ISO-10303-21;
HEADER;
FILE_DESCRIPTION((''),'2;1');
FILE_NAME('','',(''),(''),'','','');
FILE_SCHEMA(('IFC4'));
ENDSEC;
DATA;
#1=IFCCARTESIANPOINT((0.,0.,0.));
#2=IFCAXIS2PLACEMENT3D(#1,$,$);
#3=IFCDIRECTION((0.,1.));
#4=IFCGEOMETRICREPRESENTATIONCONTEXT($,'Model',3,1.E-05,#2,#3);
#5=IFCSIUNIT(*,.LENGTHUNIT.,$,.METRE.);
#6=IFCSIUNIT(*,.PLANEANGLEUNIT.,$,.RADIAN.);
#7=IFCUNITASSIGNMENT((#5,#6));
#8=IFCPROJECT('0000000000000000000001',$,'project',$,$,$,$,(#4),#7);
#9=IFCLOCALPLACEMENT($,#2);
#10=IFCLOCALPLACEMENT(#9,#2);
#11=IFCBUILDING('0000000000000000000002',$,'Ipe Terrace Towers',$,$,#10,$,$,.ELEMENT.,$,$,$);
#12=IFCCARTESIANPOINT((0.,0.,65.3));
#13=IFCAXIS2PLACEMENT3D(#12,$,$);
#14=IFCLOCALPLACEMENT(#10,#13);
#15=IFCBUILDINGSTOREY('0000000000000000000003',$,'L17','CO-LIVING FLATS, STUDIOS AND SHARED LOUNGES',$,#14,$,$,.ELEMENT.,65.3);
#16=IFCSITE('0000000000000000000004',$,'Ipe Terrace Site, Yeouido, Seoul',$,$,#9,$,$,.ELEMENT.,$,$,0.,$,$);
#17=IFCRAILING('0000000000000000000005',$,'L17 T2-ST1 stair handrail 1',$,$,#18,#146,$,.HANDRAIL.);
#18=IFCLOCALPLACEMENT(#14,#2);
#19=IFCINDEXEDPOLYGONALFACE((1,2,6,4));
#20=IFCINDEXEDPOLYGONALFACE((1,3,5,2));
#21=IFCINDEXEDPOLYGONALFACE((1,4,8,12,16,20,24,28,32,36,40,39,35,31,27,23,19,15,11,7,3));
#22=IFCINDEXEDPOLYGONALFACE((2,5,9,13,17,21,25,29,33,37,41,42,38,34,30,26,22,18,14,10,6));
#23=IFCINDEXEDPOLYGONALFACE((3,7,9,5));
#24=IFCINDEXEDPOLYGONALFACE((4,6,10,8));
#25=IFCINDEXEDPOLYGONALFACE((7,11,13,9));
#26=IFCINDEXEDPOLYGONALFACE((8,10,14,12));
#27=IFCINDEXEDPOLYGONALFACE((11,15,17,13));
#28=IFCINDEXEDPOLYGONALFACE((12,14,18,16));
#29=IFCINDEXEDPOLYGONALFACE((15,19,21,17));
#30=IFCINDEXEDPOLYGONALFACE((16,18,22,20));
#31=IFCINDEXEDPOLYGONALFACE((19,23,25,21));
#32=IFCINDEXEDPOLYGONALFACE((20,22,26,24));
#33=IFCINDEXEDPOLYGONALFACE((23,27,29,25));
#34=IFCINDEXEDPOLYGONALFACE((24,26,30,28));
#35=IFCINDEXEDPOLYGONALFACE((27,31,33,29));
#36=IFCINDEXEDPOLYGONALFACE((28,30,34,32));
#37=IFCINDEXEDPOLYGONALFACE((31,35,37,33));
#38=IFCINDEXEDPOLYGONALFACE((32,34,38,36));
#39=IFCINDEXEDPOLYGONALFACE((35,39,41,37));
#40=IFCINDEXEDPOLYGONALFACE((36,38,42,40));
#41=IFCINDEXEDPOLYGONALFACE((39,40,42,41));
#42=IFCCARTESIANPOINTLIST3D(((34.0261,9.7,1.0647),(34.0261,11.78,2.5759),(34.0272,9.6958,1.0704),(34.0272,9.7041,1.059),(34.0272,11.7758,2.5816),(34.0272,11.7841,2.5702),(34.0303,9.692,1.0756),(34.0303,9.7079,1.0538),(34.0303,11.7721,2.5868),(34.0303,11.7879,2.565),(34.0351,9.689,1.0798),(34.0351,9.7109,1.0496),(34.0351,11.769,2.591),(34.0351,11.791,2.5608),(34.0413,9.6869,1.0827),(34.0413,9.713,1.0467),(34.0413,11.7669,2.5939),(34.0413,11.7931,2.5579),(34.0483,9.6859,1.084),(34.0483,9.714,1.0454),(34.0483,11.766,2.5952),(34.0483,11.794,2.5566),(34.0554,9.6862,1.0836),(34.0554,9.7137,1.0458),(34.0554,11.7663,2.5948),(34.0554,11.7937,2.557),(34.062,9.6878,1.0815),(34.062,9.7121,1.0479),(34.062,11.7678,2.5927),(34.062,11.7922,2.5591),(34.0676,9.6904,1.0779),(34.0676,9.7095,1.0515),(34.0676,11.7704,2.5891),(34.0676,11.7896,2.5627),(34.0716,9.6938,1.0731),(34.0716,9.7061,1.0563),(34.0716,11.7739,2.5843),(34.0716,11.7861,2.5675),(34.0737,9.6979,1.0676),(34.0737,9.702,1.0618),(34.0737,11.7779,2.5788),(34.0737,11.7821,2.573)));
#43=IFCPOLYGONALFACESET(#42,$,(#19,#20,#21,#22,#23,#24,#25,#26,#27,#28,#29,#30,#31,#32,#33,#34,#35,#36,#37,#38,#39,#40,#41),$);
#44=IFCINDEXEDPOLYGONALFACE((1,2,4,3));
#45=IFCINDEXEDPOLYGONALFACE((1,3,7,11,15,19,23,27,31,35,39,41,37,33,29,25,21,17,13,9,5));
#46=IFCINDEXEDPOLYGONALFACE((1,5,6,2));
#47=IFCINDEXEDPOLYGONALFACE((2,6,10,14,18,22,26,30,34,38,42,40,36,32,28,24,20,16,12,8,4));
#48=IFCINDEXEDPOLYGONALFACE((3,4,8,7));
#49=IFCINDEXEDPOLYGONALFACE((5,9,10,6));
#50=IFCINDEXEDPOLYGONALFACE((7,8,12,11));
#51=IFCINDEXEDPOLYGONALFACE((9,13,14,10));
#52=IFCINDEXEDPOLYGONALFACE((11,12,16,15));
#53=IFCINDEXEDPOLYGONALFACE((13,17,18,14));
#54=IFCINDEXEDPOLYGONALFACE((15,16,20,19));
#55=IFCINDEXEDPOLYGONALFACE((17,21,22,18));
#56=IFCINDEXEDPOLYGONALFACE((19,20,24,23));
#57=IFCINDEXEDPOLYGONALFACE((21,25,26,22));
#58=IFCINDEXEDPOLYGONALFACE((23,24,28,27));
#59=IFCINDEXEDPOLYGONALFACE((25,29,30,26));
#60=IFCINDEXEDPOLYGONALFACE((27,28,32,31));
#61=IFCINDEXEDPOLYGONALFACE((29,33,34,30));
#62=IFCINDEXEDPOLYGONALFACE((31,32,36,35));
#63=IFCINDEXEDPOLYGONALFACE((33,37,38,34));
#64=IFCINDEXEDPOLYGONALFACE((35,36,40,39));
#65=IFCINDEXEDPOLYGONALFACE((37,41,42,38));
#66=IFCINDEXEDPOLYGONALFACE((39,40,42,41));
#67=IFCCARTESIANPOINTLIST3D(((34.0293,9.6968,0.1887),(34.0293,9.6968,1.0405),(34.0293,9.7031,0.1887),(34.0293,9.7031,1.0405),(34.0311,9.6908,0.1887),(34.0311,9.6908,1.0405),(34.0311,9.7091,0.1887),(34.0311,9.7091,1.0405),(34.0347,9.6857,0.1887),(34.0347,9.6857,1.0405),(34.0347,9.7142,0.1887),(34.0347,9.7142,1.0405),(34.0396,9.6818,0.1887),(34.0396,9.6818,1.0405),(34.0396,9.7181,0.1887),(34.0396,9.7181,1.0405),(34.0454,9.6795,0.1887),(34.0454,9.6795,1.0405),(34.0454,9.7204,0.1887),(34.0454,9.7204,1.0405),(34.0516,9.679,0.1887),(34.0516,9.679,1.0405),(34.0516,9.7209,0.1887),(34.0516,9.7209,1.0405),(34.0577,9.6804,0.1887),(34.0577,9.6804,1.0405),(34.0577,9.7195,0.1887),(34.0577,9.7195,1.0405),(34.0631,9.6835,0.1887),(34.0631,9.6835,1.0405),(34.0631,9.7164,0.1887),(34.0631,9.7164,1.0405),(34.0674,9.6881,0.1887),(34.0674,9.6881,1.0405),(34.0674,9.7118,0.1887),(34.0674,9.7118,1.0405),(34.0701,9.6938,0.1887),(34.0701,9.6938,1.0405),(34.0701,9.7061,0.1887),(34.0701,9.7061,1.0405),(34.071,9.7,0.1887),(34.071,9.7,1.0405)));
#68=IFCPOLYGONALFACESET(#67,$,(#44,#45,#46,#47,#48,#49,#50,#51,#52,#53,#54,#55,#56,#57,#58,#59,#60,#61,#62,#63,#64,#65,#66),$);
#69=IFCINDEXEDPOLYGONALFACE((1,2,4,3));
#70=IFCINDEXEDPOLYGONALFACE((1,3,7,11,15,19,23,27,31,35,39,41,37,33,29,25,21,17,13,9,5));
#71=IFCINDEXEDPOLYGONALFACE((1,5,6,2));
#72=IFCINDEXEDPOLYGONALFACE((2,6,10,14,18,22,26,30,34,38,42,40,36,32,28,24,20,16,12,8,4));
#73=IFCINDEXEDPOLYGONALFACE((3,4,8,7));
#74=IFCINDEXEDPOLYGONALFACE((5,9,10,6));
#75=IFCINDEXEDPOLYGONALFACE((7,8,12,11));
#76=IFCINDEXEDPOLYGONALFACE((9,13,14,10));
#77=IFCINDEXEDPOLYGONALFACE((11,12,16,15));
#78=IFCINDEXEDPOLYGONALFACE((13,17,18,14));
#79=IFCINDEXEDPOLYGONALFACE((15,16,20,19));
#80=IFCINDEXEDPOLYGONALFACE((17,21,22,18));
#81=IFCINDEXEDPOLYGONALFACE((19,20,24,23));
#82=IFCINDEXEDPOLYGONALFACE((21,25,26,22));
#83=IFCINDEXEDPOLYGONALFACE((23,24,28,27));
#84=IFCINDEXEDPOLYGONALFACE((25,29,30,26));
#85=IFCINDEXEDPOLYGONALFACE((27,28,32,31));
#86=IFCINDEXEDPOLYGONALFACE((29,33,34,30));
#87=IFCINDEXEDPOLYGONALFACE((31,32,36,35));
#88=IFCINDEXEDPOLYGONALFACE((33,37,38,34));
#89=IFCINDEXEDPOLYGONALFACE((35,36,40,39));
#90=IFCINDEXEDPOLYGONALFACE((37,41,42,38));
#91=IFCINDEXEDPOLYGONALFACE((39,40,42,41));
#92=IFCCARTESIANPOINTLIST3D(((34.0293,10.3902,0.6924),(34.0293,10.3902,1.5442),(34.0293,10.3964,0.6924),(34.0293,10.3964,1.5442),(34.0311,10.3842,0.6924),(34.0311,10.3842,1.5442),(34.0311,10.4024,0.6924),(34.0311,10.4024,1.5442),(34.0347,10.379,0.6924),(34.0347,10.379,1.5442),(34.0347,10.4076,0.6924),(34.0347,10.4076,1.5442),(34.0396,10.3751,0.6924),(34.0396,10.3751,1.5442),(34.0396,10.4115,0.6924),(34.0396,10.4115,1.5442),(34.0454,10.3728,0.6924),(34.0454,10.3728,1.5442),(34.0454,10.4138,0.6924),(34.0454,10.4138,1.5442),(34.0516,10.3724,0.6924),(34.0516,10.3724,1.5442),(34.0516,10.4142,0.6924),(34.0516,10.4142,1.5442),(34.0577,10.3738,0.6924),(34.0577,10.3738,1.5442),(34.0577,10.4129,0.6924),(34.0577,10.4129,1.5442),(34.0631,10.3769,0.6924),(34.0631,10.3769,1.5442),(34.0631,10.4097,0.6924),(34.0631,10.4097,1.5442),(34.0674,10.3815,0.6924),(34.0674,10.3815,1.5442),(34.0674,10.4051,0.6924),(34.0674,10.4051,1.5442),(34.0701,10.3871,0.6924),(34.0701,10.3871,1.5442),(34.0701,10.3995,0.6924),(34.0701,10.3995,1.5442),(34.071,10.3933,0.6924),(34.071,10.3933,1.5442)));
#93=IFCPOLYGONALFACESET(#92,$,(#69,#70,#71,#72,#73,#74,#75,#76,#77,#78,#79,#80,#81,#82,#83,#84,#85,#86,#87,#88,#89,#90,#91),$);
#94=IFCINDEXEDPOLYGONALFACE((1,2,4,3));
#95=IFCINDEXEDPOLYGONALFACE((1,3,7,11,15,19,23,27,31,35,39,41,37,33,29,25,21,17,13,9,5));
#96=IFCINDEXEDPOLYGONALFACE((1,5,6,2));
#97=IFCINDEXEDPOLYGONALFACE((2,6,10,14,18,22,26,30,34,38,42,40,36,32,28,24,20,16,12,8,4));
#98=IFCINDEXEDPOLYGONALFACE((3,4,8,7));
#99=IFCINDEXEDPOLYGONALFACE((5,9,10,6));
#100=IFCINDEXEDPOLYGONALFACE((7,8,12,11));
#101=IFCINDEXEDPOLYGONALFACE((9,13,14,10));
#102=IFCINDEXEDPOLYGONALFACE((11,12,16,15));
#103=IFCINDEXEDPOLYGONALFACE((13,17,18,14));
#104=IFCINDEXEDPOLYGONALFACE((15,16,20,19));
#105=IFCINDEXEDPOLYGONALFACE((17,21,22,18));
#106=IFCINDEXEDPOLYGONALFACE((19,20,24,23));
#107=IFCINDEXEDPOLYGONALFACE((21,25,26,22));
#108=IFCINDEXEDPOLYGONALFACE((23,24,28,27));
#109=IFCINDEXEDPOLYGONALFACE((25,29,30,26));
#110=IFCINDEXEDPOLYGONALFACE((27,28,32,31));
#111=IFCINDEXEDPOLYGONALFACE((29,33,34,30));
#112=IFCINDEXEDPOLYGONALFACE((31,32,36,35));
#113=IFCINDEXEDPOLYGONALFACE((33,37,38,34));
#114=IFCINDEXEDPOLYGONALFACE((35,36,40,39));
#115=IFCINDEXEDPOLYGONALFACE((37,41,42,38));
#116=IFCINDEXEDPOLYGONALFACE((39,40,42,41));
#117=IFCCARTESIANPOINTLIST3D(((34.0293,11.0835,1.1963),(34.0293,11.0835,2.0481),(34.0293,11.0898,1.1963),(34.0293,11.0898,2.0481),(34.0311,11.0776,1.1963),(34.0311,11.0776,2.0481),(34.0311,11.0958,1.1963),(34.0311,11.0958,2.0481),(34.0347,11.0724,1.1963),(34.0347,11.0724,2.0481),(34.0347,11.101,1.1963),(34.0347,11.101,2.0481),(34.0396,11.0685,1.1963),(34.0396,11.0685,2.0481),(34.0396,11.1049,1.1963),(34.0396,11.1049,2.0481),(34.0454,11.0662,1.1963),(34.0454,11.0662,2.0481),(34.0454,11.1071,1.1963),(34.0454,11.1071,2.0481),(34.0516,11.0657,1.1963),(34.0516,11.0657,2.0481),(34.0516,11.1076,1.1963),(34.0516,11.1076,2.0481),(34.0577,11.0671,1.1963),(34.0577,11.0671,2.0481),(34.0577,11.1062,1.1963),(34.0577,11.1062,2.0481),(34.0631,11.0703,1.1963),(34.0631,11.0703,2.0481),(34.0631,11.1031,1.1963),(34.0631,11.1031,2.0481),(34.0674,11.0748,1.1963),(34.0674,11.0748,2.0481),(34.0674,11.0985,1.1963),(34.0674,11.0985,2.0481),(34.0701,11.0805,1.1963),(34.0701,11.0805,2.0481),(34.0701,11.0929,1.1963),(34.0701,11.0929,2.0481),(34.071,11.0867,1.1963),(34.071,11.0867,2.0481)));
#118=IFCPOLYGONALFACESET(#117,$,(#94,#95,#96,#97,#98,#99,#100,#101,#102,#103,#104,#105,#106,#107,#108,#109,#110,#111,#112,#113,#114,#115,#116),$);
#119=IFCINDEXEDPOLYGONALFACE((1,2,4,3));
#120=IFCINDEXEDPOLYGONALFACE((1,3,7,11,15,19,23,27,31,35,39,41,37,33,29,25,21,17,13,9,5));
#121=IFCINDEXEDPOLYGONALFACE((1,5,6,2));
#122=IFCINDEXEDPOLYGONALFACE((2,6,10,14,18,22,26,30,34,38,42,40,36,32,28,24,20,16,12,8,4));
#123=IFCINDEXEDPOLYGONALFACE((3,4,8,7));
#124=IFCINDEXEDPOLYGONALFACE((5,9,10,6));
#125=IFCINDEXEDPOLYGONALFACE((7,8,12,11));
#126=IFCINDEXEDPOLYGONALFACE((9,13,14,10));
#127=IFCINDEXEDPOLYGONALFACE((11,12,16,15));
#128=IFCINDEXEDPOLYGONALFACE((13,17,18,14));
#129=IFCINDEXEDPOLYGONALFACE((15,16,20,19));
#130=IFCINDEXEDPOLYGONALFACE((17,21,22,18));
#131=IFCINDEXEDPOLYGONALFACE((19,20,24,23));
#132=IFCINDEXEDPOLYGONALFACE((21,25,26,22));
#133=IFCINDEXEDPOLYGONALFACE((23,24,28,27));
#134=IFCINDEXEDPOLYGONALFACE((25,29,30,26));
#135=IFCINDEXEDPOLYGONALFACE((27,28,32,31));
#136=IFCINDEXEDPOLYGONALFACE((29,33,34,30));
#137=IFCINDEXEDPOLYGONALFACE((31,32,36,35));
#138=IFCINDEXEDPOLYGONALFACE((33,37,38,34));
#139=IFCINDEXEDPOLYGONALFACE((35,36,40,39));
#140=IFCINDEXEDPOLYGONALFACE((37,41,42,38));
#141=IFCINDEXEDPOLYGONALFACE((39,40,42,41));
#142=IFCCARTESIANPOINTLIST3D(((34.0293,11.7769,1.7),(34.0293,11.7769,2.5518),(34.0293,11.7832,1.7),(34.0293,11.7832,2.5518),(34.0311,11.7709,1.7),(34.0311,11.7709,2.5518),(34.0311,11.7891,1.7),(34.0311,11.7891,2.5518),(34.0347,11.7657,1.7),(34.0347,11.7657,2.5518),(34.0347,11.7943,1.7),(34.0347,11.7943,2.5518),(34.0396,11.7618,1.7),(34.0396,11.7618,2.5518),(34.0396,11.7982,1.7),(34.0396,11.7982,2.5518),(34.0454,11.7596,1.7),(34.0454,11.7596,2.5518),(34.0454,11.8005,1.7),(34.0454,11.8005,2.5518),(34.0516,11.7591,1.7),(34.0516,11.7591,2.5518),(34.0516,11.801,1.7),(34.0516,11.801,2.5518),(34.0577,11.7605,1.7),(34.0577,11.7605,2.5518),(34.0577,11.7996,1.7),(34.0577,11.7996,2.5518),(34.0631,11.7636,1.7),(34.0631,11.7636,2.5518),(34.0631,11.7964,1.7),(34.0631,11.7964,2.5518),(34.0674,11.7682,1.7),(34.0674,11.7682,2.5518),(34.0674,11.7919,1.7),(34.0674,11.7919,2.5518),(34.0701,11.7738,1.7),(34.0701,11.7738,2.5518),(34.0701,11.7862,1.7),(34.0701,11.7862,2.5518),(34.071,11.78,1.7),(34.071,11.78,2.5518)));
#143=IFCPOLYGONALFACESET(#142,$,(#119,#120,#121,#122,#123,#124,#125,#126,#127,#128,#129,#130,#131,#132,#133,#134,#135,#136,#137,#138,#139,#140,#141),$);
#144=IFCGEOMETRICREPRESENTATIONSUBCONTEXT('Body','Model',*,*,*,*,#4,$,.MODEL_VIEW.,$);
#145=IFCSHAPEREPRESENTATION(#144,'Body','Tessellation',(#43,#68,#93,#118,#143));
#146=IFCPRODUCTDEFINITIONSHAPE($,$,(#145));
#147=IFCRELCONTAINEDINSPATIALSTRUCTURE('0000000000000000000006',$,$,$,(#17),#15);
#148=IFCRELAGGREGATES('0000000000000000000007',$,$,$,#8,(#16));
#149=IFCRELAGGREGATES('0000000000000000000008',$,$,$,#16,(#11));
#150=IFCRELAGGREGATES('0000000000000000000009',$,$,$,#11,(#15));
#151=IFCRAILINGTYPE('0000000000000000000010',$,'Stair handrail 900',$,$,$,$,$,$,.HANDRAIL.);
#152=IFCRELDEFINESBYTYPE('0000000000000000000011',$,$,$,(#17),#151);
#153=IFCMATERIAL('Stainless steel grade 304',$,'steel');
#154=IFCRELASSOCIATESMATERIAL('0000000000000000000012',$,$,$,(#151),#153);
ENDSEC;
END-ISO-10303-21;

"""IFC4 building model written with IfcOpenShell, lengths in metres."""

from ifc_helpers import new_model, si_unit, direction, frame, origin, origin_2d, place, context, subcontext, project, spatial, circle, extrude, material, type_object, element, save


model = new_model("IFC4")

# Units and contexts
model_context = context("Model", 3, precision=1e-05, world=origin(), true_north=direction((0.0, 1.0)))
body_context = subcontext(model_context, "Body", "Model", "MODEL_VIEW")
ifc_project = project(units=[si_unit("LENGTHUNIT", "METRE"), si_unit("PLANEANGLEUNIT", "RADIAN")], contexts=[model_context])

# Site, building, storey
site_placement = place(None, origin())
site = spatial("IfcSite", under=ifc_project, at=site_placement, Name="Ipe Terrace Site, Yeouido, Seoul", CompositionType="ELEMENT", RefElevation=0.0)
building_placement = place(site_placement, origin())
building = spatial("IfcBuilding", under=site, at=building_placement, Name="Ipe Terrace Towers", CompositionType="ELEMENT")
storey_placement = place(building_placement, frame((0.0, 0.0, 65.3)))
storey = spatial("IfcBuildingStorey", under=building, at=storey_placement, Name="L17", Description="CO-LIVING FLATS, STUDIOS AND SHARED LOUNGES", CompositionType="ELEMENT", Elevation=65.3)

# Railing
ifc_material_1 = material(Name="Stainless steel grade 304", Category="steel")
railing_type_1 = type_object("IfcRailingType", Name="Stair handrail 900", PredefinedType="HANDRAIL", material=ifc_material_1)
railing_1_placement = place(storey_placement, frame((34.05, 9.7, 0.1887)))
element("IfcRailing", 1, at=railing_1_placement, inside=storey, type_object=railing_type_1, Name="L17 T2-ST1 stair handrail 1", PredefinedType="HANDRAIL", context=body_context, shape_type="SweptSolid", body=[
    extrude(circle(Radius=0.0239, at=origin_2d()), frame((0.0, 0.0, 0.876), z_axis=(0.0, 0.809023, 0.587776), x_axis=(-1.0, 0.0, 0.0)), (0.0, 0.0, 1.0), 2.571),
    extrude(circle(Radius=0.021, at=origin_2d()), origin(), (0.0, 0.0, 1.0), 0.8518),
    extrude(circle(Radius=0.021, at=origin_2d()), frame((0.0, 0.6934, 0.5037)), (0.0, 0.0, 1.0), 0.8518),
    extrude(circle(Radius=0.021, at=origin_2d()), frame((0.0, 1.3867, 1.0076)), (0.0, 0.0, 1.0), 0.8518),
    extrude(circle(Radius=0.021, at=origin_2d()), frame((0.0, 2.0801, 1.5112)), (0.0, 0.0, 1.0), 0.8518),
])

save(model, "model.ifc")
